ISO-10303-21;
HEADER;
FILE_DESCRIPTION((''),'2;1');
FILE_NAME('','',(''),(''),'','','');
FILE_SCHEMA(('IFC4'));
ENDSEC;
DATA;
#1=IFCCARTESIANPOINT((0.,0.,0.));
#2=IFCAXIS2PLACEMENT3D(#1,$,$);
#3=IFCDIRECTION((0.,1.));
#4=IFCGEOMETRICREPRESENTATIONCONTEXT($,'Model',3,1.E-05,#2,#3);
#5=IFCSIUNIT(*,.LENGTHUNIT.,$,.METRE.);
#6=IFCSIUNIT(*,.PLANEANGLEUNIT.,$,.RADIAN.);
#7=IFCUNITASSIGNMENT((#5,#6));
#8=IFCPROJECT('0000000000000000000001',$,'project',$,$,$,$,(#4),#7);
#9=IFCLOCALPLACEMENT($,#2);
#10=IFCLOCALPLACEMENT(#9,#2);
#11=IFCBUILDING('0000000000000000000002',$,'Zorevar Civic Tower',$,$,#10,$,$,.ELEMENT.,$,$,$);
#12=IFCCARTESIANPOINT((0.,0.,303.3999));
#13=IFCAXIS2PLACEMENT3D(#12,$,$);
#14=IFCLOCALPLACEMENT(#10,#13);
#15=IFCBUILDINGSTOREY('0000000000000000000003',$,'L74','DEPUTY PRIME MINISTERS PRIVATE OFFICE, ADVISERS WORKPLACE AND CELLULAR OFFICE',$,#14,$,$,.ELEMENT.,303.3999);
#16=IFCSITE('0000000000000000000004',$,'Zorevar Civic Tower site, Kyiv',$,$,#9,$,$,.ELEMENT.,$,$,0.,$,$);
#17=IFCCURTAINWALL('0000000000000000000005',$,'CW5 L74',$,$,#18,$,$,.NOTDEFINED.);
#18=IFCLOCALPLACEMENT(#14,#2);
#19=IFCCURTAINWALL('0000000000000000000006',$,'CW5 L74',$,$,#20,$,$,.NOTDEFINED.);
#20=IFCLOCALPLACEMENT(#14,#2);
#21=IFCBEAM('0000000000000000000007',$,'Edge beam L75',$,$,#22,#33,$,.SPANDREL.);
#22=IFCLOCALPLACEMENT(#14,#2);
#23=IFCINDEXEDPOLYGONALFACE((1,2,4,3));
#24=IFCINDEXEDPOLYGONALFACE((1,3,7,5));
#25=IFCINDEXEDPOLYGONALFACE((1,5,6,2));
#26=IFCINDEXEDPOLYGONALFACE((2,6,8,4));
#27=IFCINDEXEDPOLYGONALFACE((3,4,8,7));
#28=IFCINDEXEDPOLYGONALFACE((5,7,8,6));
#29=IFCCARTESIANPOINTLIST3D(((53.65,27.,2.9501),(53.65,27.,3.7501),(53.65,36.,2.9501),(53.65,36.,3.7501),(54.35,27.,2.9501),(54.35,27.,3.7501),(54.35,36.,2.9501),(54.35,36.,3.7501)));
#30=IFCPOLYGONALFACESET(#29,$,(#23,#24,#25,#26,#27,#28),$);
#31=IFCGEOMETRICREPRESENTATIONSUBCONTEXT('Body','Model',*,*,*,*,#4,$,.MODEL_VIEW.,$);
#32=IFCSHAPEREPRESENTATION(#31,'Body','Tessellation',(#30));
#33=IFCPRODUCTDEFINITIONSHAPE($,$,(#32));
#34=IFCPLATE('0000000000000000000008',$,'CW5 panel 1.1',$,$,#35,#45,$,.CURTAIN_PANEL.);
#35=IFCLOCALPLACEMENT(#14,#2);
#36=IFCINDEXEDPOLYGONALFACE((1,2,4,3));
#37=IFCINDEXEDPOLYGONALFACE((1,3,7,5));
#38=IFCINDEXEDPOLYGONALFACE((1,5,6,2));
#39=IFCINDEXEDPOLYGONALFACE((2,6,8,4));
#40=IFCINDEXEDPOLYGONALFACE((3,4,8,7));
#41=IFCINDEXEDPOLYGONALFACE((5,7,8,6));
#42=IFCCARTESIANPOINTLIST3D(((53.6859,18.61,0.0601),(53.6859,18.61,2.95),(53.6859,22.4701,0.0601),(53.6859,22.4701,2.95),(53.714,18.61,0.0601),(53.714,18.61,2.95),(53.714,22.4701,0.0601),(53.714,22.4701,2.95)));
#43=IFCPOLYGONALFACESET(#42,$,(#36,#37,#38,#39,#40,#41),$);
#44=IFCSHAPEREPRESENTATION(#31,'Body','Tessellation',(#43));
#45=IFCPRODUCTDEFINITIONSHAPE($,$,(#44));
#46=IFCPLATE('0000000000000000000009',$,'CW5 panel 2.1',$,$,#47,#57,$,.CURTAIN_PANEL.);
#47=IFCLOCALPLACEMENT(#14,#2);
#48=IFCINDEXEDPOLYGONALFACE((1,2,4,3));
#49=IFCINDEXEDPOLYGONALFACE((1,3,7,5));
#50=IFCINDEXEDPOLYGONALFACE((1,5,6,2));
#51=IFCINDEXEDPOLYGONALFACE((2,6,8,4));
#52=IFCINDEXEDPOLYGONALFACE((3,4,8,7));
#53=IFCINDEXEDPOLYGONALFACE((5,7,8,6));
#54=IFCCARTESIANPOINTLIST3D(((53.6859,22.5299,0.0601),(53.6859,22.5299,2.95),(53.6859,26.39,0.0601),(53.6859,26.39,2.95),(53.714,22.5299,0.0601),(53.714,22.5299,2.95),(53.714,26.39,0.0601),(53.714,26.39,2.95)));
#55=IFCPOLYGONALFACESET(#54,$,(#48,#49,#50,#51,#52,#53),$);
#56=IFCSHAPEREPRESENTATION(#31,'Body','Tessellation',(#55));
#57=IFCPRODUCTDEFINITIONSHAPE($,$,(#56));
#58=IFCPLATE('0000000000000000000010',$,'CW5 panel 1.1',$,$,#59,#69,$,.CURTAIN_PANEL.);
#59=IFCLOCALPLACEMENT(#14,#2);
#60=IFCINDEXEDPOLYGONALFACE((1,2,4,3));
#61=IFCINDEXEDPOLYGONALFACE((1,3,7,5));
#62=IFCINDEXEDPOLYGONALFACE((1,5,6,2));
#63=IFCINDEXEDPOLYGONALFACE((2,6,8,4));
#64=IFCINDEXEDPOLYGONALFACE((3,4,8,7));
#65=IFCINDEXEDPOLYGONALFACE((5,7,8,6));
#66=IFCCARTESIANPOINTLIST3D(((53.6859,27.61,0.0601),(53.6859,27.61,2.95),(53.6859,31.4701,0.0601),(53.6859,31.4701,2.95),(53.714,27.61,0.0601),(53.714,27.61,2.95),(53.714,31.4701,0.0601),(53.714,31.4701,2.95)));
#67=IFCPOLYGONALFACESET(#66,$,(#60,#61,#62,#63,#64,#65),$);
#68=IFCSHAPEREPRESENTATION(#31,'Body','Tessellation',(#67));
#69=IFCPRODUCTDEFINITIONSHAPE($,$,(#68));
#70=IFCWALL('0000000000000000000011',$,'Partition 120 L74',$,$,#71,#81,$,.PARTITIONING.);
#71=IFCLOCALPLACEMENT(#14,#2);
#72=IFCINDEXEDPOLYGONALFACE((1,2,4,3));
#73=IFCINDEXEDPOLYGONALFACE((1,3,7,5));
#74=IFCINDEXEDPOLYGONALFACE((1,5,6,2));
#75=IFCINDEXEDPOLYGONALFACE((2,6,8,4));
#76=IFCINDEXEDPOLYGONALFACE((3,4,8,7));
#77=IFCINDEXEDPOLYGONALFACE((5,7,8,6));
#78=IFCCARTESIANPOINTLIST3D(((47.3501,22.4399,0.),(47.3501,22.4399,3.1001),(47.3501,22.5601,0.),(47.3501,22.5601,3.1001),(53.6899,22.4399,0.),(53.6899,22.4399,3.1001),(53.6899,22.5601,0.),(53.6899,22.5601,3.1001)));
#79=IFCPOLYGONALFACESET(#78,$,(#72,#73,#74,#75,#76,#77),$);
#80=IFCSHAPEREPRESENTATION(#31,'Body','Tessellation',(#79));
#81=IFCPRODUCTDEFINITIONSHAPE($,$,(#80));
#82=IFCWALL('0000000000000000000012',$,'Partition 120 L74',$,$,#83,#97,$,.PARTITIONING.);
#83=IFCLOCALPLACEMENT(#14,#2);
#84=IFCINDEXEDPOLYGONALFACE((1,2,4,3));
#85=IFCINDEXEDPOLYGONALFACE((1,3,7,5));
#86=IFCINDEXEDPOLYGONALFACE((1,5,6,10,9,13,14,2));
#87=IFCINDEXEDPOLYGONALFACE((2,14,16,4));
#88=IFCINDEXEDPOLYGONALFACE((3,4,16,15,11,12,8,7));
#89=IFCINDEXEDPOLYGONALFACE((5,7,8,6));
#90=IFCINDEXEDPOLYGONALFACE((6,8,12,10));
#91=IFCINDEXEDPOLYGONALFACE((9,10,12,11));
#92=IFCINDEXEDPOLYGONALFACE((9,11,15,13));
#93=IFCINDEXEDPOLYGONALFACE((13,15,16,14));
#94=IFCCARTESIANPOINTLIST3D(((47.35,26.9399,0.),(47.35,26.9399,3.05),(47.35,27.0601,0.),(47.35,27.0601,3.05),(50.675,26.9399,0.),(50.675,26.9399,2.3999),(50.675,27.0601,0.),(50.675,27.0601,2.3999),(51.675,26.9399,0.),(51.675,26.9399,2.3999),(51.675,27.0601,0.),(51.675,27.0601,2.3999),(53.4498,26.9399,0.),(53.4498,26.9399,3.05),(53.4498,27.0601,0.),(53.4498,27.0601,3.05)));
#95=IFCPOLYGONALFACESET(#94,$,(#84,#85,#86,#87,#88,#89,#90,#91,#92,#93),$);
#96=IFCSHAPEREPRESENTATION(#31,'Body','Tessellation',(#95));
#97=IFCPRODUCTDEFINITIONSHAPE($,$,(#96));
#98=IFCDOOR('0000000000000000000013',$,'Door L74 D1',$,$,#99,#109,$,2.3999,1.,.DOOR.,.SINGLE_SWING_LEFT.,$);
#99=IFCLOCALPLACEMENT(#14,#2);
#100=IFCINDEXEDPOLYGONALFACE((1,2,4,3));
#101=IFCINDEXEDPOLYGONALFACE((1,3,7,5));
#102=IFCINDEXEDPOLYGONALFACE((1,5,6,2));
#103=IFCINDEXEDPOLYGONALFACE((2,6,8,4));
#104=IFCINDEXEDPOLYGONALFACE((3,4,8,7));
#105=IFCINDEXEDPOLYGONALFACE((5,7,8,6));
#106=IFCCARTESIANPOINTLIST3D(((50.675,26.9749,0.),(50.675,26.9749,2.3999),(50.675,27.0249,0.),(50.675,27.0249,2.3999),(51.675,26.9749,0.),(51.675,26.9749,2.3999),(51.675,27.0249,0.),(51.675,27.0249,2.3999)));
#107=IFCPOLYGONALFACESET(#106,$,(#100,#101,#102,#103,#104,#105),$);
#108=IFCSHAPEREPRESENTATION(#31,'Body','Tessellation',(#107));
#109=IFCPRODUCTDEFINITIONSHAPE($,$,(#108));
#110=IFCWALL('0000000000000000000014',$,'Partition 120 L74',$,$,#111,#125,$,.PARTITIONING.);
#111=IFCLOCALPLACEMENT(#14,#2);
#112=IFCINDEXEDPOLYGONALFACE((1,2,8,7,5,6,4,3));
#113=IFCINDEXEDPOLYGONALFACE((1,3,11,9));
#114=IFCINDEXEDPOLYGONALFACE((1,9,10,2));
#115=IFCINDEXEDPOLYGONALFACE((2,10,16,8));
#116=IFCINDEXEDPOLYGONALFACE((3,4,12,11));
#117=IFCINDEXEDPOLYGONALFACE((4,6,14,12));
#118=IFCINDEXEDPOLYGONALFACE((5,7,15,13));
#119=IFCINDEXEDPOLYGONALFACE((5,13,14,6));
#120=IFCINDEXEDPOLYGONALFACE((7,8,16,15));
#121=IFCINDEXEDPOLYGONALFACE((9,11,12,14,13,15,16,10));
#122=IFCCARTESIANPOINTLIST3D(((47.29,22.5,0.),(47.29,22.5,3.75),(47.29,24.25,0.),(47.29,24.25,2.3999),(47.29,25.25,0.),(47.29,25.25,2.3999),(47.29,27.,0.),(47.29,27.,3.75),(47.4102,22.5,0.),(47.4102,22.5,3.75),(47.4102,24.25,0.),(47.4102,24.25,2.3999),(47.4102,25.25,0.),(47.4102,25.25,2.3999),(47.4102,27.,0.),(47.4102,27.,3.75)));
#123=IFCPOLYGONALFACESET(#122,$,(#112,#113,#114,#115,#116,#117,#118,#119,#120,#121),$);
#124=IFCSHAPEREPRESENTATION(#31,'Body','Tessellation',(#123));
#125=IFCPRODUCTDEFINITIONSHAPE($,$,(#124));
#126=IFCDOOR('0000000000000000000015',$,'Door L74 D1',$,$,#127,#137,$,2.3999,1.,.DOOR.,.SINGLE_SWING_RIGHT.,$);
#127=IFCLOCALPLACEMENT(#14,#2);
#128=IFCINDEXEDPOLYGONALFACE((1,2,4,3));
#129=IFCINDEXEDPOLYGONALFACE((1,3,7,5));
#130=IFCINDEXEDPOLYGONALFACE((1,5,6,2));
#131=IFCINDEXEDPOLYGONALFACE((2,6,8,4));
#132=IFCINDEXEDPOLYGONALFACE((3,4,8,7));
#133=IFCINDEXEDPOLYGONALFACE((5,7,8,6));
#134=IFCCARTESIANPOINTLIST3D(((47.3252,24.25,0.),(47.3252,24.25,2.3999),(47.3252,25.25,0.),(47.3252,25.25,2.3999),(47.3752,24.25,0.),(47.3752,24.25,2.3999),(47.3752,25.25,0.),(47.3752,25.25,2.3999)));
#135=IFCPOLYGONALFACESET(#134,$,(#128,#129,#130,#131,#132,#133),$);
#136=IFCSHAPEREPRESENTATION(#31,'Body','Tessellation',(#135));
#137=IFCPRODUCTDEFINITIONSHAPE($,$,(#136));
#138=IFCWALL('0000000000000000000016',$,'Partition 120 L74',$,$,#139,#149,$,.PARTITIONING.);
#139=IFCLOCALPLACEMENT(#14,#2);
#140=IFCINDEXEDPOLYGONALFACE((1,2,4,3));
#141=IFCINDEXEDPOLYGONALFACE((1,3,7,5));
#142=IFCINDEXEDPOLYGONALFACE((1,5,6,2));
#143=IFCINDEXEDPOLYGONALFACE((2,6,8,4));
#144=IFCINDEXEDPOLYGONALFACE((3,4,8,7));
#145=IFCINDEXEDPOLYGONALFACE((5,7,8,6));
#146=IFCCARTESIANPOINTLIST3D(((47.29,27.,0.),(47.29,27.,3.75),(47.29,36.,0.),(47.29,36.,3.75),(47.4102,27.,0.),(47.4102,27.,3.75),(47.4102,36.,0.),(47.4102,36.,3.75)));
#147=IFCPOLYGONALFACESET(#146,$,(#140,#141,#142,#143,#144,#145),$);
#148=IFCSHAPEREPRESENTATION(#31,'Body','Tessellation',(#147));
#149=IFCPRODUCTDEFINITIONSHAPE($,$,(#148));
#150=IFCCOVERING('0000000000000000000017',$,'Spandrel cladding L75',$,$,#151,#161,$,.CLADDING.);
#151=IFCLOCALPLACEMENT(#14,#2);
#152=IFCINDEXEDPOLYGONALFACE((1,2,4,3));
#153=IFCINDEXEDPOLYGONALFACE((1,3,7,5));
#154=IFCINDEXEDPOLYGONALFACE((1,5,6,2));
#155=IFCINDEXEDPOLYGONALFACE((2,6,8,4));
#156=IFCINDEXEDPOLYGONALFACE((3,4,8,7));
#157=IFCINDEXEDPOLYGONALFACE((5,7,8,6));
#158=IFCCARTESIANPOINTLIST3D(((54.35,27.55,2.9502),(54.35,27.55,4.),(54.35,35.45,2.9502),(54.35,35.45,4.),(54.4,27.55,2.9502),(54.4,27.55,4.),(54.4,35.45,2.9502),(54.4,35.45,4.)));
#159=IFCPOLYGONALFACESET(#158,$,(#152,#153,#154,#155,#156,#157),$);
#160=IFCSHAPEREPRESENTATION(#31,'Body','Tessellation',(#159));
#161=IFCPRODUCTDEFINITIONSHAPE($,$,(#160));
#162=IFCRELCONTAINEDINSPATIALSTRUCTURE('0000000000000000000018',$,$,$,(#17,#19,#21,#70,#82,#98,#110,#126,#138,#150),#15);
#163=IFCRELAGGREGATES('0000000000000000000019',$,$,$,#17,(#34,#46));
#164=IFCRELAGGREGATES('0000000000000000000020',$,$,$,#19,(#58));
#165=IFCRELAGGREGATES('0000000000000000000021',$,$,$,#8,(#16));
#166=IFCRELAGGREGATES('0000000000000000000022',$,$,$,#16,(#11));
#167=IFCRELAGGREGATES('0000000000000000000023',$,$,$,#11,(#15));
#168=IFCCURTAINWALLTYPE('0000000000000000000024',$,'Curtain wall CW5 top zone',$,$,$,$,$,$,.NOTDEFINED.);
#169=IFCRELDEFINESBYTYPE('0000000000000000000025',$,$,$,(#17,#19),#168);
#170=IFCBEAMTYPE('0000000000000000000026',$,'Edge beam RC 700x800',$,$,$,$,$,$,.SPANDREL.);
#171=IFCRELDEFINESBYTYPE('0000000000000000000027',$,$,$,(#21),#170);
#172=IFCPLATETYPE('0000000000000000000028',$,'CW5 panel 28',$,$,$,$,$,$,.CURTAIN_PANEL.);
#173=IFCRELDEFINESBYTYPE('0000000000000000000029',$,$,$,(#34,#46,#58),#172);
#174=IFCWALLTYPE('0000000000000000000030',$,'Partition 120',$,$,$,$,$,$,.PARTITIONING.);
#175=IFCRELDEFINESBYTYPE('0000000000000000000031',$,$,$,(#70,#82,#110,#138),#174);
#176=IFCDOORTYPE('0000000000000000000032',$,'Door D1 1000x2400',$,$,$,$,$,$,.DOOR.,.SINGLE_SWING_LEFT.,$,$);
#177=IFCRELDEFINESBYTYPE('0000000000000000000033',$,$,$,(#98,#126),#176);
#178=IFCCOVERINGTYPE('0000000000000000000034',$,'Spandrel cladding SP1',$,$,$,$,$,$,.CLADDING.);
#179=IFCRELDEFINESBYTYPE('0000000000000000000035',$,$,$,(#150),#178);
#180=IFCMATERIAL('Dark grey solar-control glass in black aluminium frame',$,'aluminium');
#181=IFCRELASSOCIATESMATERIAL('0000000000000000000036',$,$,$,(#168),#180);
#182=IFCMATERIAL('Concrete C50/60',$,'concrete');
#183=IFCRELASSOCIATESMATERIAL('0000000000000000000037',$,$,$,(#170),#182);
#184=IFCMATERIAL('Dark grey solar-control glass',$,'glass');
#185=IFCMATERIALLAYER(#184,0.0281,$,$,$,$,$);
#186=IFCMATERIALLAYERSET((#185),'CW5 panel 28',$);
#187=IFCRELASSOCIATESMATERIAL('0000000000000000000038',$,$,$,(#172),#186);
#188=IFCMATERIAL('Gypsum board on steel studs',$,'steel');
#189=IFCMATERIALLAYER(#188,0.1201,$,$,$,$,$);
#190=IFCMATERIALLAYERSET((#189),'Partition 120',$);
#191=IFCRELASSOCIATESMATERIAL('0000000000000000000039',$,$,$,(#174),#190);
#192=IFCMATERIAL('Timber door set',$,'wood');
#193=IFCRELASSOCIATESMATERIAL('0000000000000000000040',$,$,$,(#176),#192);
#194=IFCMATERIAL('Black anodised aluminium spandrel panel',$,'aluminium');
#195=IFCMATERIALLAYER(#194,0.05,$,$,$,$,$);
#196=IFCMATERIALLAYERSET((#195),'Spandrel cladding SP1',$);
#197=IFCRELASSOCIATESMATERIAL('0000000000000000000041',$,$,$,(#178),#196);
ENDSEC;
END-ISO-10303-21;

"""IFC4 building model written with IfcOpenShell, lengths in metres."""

from ifc_helpers import new_model, si_unit, direction, frame, frame_2d, origin, origin_2d, place, context, subcontext, project, spatial, rectangle, extrude, material, layer, layer_set, material_profile, profile_set, type_object, element, fill, aggregate, save


model = new_model("IFC4")

# Units and contexts
model_context = context("Model", 3, precision=1e-05, world=origin(), true_north=direction((0.0, 1.0)))
body_context = subcontext(model_context, "Body", "Model", "MODEL_VIEW")
ifc_project = project(units=[si_unit("LENGTHUNIT", "METRE"), si_unit("PLANEANGLEUNIT", "RADIAN")], contexts=[model_context])

# Site, building, storey
site_placement = place(None, origin())
site = spatial("IfcSite", under=ifc_project, at=site_placement, Name="Zorevar Civic Tower site, Kyiv", CompositionType="ELEMENT", RefElevation=0.0)
building_placement = place(site_placement, origin())
building = spatial("IfcBuilding", under=site, at=building_placement, Name="Zorevar Civic Tower", CompositionType="ELEMENT")
storey_placement = place(building_placement, frame((0.0, 0.0, 303.3999)))
storey = spatial("IfcBuildingStorey", under=building, at=storey_placement, Name="L74", Description="DEPUTY PRIME MINISTERS PRIVATE OFFICE, ADVISERS WORKPLACE AND CELLULAR OFFICE", CompositionType="ELEMENT", Elevation=303.3999)

# Curtain walls
ifc_material_1 = material(Name="Dark grey solar-control glass in black aluminium frame", Category="aluminium")
curtain_wall_type = type_object("IfcCurtainWallType", Name="Curtain wall CW5 top zone", PredefinedType="NOTDEFINED", material=ifc_material_1)
curtain_wall_1_placement = place(storey_placement, origin())
curtain_wall_1 = element("IfcCurtainWall", 1, at=curtain_wall_1_placement, inside=storey, type_object=curtain_wall_type, Name="CW5 L74", PredefinedType="NOTDEFINED")
curtain_wall_2_placement = place(storey_placement, origin())
curtain_wall_2 = element("IfcCurtainWall", 2, at=curtain_wall_2_placement, inside=storey, type_object=curtain_wall_type, Name="CW5 L74", PredefinedType="NOTDEFINED")

# Beam
ifc_material_2 = material(Name="Concrete C50/60", Category="concrete")
ifc_material_profile_1 = material_profile(ifc_material_2, rectangle(XDim=0.7, YDim=0.8, at=origin_2d()), Name="RC 700x800")
ifc_profile_set_1 = profile_set([ifc_material_profile_1], Name="Concrete C50/60")
beam_type_1 = type_object("IfcBeamType", Name="Edge beam RC 700x800", PredefinedType="SPANDREL", material=ifc_profile_set_1)
beam_1_placement = place(storey_placement, frame((54.0, 27.0, 3.3501), z_axis=(0.0, 1.0, 0.0), x_axis=(-1.0, 0.0, 0.0)))
element("IfcBeam", 3, at=beam_1_placement, inside=storey, type_object=beam_type_1, Name="Edge beam L75", PredefinedType="SPANDREL", context=body_context, shape_type="SweptSolid", body=[
    extrude(rectangle(XDim=0.7, YDim=0.8, at=origin_2d()), origin(), (0.0, 0.0, 1.0), 9.0),
])

# Plates
ifc_material_3 = material(Name="Dark grey solar-control glass", Category="glass")
ifc_layer_1 = layer(ifc_material_3, 0.0281)
ifc_layer_set_1 = layer_set([ifc_layer_1], Name="CW5 panel 28")
plate_type = type_object("IfcPlateType", Name="CW5 panel 28", PredefinedType="CURTAIN_PANEL", material=ifc_layer_set_1)
plate_1_placement = place(storey_placement, frame((53.7, 20.54, 0.0601), z_axis=(0.0, 0.0, 1.0), x_axis=(0.0, 1.0, 0.0)))
plate_1 = element("IfcPlate", 4, at=plate_1_placement, type_object=plate_type, Name="CW5 panel 1.1", PredefinedType="CURTAIN_PANEL", context=body_context, shape_type="SweptSolid", body=[
    extrude(rectangle(XDim=3.8601, YDim=0.0281, at=origin_2d()), origin(), (0.0, 0.0, 1.0), 2.8899),
])
plate_2_placement = place(storey_placement, frame((53.7, 24.46, 0.0601), z_axis=(0.0, 0.0, 1.0), x_axis=(0.0, 1.0, 0.0)))
plate_2 = element("IfcPlate", 5, at=plate_2_placement, type_object=plate_type, Name="CW5 panel 2.1", PredefinedType="CURTAIN_PANEL", context=body_context, shape_type="SweptSolid", body=[
    extrude(rectangle(XDim=3.8601, YDim=0.0281, at=origin_2d()), origin(), (0.0, 0.0, 1.0), 2.8899),
])
aggregate(curtain_wall_1, [plate_1, plate_2])
plate_3_placement = place(storey_placement, frame((53.7, 29.54, 0.0601), z_axis=(0.0, 0.0, 1.0), x_axis=(0.0, 1.0, 0.0)))
plate_3 = element("IfcPlate", 6, at=plate_3_placement, type_object=plate_type, Name="CW5 panel 1.1", PredefinedType="CURTAIN_PANEL", context=body_context, shape_type="SweptSolid", body=[
    extrude(rectangle(XDim=3.8601, YDim=0.0281, at=origin_2d()), origin(), (0.0, 0.0, 1.0), 2.8899),
])
aggregate(curtain_wall_2, [plate_3])

# Wall
ifc_material_4 = material(Name="Gypsum board on steel studs", Category="steel")
ifc_layer_2 = layer(ifc_material_4, 0.1201)
ifc_layer_set_2 = layer_set([ifc_layer_2], Name="Partition 120")
wall_type = type_object("IfcWallType", Name="Partition 120", PredefinedType="PARTITIONING", material=ifc_layer_set_2)
wall_1_placement = place(storey_placement, frame((47.3501, 22.5, 0.0), z_axis=(0.0, 0.0, 1.0), x_axis=(1.0, 0.0, 0.0)))
element("IfcWall", 7, at=wall_1_placement, inside=storey, type_object=wall_type, Name="Partition 120 L74", PredefinedType="PARTITIONING", context=body_context, shape_type="SweptSolid", body=[
    extrude(rectangle(XDim=6.3398, YDim=0.1201, at=frame_2d((3.1699, 0.0))), origin(), (0.0, 0.0, 1.0), 3.1001),
])

# Walls, openings, doors
wall_2_placement = place(storey_placement, frame((47.3501, 27.0, 0.0), z_axis=(0.0, 0.0, 1.0), x_axis=(1.0, 0.0, 0.0)))
wall_2 = element("IfcWall", 8, at=wall_2_placement, inside=storey, type_object=wall_type, Name="Partition 120 L74", PredefinedType="PARTITIONING", context=body_context, shape_type="SweptSolid", body=[
    extrude(rectangle(XDim=6.0999, YDim=0.1201, at=frame_2d((3.0498, 0.0))), origin(), (0.0, 0.0, 1.0), 3.05),
])
opening_1_placement = place(wall_2_placement, frame((3.325, 0.0, 0.0)))
opening_1 = element("IfcOpeningElement", 9, at=opening_1_placement, cuts=wall_2, PredefinedType="OPENING", context=body_context, shape_type="SweptSolid", body=[
    extrude(rectangle(XDim=1.0, YDim=2.3999, at=frame_2d((0.5, 1.2))), frame((0.0, 0.0701, 0.0), z_axis=(0.0, -1.0, 0.0), x_axis=(1.0, 0.0, 0.0)), (0.0, 0.0, 1.0), 0.1401),
])
ifc_material_5 = material(Name="Timber door set", Category="wood")
door_type = type_object("IfcDoorType", Name="Door D1 1000x2400", OperationType="SINGLE_SWING_LEFT", PredefinedType="DOOR", material=ifc_material_5)
door_1_placement = place(opening_1_placement, origin())
door_1 = element("IfcDoor", 10, at=door_1_placement, inside=storey, type_object=door_type, Name="Door L74 D1", OperationType="SINGLE_SWING_LEFT", OverallHeight=2.3999, OverallWidth=1.0, PredefinedType="DOOR", context=body_context, shape_type="SweptSolid", body=[
    extrude(rectangle(XDim=1.0, YDim=2.3999, at=frame_2d((0.5, 1.2))), frame((0.0, 0.0249, 0.0), z_axis=(0.0, -1.0, 0.0), x_axis=(1.0, 0.0, 0.0)), (0.0, 0.0, 1.0), 0.05),
])
fill(opening_1, door_1)
wall_3_placement = place(storey_placement, frame((47.3501, 22.5, 0.0), z_axis=(0.0, 0.0, 1.0), x_axis=(0.0, 1.0, 0.0)))
wall_3 = element("IfcWall", 11, at=wall_3_placement, inside=storey, type_object=wall_type, Name="Partition 120 L74", PredefinedType="PARTITIONING", context=body_context, shape_type="SweptSolid", body=[
    extrude(rectangle(XDim=4.5, YDim=0.1201, at=frame_2d((2.25, 0.0))), origin(), (0.0, 0.0, 1.0), 3.75),
])
opening_2_placement = place(wall_3_placement, frame((1.75, 0.0, 0.0)))
opening_2 = element("IfcOpeningElement", 12, at=opening_2_placement, cuts=wall_3, PredefinedType="OPENING", context=body_context, shape_type="SweptSolid", body=[
    extrude(rectangle(XDim=1.0, YDim=2.3999, at=frame_2d((0.5, 1.2))), frame((0.0, 0.0701, 0.0), z_axis=(0.0, -1.0, 0.0), x_axis=(1.0, 0.0, 0.0)), (0.0, 0.0, 1.0), 0.1401),
])
door_2_placement = place(opening_2_placement, origin())
door_2 = element("IfcDoor", 13, at=door_2_placement, inside=storey, type_object=door_type, Name="Door L74 D1", OperationType="SINGLE_SWING_RIGHT", OverallHeight=2.3999, OverallWidth=1.0, PredefinedType="DOOR", context=body_context, shape_type="SweptSolid", body=[
    extrude(rectangle(XDim=1.0, YDim=2.3999, at=frame_2d((0.5, 1.2))), frame((0.0, 0.0249, 0.0), z_axis=(0.0, -1.0, 0.0), x_axis=(1.0, 0.0, 0.0)), (0.0, 0.0, 1.0), 0.05),
])
fill(opening_2, door_2)

# Wall
wall_4_placement = place(storey_placement, frame((47.3501, 27.0, 0.0), z_axis=(0.0, 0.0, 1.0), x_axis=(0.0, 1.0, 0.0)))
element("IfcWall", 14, at=wall_4_placement, inside=storey, type_object=wall_type, Name="Partition 120 L74", PredefinedType="PARTITIONING", context=body_context, shape_type="SweptSolid", body=[
    extrude(rectangle(XDim=9.0, YDim=0.1201, at=frame_2d((4.5, 0.0))), origin(), (0.0, 0.0, 1.0), 3.75),
])

# Covering
ifc_material_6 = material(Name="Black anodised aluminium spandrel panel", Category="aluminium")
ifc_layer_3 = layer(ifc_material_6, 0.05)
ifc_layer_set_3 = layer_set([ifc_layer_3], Name="Spandrel cladding SP1")
covering_type = type_object("IfcCoveringType", Name="Spandrel cladding SP1", PredefinedType="CLADDING", material=ifc_layer_set_3)
covering_placement = place(storey_placement, frame((54.375, 27.55, 2.9502), z_axis=(0.0, 0.0, 1.0), x_axis=(0.0, 1.0, 0.0)))
element("IfcCovering", 15, at=covering_placement, inside=storey, type_object=covering_type, Name="Spandrel cladding L75", PredefinedType="CLADDING", context=body_context, shape_type="SweptSolid", body=[
    extrude(rectangle(XDim=7.8999, YDim=0.05, at=frame_2d((3.95, 0.0))), origin(), (0.0, 0.0, 1.0), 1.0498),
])

save(model, "model.ifc")
